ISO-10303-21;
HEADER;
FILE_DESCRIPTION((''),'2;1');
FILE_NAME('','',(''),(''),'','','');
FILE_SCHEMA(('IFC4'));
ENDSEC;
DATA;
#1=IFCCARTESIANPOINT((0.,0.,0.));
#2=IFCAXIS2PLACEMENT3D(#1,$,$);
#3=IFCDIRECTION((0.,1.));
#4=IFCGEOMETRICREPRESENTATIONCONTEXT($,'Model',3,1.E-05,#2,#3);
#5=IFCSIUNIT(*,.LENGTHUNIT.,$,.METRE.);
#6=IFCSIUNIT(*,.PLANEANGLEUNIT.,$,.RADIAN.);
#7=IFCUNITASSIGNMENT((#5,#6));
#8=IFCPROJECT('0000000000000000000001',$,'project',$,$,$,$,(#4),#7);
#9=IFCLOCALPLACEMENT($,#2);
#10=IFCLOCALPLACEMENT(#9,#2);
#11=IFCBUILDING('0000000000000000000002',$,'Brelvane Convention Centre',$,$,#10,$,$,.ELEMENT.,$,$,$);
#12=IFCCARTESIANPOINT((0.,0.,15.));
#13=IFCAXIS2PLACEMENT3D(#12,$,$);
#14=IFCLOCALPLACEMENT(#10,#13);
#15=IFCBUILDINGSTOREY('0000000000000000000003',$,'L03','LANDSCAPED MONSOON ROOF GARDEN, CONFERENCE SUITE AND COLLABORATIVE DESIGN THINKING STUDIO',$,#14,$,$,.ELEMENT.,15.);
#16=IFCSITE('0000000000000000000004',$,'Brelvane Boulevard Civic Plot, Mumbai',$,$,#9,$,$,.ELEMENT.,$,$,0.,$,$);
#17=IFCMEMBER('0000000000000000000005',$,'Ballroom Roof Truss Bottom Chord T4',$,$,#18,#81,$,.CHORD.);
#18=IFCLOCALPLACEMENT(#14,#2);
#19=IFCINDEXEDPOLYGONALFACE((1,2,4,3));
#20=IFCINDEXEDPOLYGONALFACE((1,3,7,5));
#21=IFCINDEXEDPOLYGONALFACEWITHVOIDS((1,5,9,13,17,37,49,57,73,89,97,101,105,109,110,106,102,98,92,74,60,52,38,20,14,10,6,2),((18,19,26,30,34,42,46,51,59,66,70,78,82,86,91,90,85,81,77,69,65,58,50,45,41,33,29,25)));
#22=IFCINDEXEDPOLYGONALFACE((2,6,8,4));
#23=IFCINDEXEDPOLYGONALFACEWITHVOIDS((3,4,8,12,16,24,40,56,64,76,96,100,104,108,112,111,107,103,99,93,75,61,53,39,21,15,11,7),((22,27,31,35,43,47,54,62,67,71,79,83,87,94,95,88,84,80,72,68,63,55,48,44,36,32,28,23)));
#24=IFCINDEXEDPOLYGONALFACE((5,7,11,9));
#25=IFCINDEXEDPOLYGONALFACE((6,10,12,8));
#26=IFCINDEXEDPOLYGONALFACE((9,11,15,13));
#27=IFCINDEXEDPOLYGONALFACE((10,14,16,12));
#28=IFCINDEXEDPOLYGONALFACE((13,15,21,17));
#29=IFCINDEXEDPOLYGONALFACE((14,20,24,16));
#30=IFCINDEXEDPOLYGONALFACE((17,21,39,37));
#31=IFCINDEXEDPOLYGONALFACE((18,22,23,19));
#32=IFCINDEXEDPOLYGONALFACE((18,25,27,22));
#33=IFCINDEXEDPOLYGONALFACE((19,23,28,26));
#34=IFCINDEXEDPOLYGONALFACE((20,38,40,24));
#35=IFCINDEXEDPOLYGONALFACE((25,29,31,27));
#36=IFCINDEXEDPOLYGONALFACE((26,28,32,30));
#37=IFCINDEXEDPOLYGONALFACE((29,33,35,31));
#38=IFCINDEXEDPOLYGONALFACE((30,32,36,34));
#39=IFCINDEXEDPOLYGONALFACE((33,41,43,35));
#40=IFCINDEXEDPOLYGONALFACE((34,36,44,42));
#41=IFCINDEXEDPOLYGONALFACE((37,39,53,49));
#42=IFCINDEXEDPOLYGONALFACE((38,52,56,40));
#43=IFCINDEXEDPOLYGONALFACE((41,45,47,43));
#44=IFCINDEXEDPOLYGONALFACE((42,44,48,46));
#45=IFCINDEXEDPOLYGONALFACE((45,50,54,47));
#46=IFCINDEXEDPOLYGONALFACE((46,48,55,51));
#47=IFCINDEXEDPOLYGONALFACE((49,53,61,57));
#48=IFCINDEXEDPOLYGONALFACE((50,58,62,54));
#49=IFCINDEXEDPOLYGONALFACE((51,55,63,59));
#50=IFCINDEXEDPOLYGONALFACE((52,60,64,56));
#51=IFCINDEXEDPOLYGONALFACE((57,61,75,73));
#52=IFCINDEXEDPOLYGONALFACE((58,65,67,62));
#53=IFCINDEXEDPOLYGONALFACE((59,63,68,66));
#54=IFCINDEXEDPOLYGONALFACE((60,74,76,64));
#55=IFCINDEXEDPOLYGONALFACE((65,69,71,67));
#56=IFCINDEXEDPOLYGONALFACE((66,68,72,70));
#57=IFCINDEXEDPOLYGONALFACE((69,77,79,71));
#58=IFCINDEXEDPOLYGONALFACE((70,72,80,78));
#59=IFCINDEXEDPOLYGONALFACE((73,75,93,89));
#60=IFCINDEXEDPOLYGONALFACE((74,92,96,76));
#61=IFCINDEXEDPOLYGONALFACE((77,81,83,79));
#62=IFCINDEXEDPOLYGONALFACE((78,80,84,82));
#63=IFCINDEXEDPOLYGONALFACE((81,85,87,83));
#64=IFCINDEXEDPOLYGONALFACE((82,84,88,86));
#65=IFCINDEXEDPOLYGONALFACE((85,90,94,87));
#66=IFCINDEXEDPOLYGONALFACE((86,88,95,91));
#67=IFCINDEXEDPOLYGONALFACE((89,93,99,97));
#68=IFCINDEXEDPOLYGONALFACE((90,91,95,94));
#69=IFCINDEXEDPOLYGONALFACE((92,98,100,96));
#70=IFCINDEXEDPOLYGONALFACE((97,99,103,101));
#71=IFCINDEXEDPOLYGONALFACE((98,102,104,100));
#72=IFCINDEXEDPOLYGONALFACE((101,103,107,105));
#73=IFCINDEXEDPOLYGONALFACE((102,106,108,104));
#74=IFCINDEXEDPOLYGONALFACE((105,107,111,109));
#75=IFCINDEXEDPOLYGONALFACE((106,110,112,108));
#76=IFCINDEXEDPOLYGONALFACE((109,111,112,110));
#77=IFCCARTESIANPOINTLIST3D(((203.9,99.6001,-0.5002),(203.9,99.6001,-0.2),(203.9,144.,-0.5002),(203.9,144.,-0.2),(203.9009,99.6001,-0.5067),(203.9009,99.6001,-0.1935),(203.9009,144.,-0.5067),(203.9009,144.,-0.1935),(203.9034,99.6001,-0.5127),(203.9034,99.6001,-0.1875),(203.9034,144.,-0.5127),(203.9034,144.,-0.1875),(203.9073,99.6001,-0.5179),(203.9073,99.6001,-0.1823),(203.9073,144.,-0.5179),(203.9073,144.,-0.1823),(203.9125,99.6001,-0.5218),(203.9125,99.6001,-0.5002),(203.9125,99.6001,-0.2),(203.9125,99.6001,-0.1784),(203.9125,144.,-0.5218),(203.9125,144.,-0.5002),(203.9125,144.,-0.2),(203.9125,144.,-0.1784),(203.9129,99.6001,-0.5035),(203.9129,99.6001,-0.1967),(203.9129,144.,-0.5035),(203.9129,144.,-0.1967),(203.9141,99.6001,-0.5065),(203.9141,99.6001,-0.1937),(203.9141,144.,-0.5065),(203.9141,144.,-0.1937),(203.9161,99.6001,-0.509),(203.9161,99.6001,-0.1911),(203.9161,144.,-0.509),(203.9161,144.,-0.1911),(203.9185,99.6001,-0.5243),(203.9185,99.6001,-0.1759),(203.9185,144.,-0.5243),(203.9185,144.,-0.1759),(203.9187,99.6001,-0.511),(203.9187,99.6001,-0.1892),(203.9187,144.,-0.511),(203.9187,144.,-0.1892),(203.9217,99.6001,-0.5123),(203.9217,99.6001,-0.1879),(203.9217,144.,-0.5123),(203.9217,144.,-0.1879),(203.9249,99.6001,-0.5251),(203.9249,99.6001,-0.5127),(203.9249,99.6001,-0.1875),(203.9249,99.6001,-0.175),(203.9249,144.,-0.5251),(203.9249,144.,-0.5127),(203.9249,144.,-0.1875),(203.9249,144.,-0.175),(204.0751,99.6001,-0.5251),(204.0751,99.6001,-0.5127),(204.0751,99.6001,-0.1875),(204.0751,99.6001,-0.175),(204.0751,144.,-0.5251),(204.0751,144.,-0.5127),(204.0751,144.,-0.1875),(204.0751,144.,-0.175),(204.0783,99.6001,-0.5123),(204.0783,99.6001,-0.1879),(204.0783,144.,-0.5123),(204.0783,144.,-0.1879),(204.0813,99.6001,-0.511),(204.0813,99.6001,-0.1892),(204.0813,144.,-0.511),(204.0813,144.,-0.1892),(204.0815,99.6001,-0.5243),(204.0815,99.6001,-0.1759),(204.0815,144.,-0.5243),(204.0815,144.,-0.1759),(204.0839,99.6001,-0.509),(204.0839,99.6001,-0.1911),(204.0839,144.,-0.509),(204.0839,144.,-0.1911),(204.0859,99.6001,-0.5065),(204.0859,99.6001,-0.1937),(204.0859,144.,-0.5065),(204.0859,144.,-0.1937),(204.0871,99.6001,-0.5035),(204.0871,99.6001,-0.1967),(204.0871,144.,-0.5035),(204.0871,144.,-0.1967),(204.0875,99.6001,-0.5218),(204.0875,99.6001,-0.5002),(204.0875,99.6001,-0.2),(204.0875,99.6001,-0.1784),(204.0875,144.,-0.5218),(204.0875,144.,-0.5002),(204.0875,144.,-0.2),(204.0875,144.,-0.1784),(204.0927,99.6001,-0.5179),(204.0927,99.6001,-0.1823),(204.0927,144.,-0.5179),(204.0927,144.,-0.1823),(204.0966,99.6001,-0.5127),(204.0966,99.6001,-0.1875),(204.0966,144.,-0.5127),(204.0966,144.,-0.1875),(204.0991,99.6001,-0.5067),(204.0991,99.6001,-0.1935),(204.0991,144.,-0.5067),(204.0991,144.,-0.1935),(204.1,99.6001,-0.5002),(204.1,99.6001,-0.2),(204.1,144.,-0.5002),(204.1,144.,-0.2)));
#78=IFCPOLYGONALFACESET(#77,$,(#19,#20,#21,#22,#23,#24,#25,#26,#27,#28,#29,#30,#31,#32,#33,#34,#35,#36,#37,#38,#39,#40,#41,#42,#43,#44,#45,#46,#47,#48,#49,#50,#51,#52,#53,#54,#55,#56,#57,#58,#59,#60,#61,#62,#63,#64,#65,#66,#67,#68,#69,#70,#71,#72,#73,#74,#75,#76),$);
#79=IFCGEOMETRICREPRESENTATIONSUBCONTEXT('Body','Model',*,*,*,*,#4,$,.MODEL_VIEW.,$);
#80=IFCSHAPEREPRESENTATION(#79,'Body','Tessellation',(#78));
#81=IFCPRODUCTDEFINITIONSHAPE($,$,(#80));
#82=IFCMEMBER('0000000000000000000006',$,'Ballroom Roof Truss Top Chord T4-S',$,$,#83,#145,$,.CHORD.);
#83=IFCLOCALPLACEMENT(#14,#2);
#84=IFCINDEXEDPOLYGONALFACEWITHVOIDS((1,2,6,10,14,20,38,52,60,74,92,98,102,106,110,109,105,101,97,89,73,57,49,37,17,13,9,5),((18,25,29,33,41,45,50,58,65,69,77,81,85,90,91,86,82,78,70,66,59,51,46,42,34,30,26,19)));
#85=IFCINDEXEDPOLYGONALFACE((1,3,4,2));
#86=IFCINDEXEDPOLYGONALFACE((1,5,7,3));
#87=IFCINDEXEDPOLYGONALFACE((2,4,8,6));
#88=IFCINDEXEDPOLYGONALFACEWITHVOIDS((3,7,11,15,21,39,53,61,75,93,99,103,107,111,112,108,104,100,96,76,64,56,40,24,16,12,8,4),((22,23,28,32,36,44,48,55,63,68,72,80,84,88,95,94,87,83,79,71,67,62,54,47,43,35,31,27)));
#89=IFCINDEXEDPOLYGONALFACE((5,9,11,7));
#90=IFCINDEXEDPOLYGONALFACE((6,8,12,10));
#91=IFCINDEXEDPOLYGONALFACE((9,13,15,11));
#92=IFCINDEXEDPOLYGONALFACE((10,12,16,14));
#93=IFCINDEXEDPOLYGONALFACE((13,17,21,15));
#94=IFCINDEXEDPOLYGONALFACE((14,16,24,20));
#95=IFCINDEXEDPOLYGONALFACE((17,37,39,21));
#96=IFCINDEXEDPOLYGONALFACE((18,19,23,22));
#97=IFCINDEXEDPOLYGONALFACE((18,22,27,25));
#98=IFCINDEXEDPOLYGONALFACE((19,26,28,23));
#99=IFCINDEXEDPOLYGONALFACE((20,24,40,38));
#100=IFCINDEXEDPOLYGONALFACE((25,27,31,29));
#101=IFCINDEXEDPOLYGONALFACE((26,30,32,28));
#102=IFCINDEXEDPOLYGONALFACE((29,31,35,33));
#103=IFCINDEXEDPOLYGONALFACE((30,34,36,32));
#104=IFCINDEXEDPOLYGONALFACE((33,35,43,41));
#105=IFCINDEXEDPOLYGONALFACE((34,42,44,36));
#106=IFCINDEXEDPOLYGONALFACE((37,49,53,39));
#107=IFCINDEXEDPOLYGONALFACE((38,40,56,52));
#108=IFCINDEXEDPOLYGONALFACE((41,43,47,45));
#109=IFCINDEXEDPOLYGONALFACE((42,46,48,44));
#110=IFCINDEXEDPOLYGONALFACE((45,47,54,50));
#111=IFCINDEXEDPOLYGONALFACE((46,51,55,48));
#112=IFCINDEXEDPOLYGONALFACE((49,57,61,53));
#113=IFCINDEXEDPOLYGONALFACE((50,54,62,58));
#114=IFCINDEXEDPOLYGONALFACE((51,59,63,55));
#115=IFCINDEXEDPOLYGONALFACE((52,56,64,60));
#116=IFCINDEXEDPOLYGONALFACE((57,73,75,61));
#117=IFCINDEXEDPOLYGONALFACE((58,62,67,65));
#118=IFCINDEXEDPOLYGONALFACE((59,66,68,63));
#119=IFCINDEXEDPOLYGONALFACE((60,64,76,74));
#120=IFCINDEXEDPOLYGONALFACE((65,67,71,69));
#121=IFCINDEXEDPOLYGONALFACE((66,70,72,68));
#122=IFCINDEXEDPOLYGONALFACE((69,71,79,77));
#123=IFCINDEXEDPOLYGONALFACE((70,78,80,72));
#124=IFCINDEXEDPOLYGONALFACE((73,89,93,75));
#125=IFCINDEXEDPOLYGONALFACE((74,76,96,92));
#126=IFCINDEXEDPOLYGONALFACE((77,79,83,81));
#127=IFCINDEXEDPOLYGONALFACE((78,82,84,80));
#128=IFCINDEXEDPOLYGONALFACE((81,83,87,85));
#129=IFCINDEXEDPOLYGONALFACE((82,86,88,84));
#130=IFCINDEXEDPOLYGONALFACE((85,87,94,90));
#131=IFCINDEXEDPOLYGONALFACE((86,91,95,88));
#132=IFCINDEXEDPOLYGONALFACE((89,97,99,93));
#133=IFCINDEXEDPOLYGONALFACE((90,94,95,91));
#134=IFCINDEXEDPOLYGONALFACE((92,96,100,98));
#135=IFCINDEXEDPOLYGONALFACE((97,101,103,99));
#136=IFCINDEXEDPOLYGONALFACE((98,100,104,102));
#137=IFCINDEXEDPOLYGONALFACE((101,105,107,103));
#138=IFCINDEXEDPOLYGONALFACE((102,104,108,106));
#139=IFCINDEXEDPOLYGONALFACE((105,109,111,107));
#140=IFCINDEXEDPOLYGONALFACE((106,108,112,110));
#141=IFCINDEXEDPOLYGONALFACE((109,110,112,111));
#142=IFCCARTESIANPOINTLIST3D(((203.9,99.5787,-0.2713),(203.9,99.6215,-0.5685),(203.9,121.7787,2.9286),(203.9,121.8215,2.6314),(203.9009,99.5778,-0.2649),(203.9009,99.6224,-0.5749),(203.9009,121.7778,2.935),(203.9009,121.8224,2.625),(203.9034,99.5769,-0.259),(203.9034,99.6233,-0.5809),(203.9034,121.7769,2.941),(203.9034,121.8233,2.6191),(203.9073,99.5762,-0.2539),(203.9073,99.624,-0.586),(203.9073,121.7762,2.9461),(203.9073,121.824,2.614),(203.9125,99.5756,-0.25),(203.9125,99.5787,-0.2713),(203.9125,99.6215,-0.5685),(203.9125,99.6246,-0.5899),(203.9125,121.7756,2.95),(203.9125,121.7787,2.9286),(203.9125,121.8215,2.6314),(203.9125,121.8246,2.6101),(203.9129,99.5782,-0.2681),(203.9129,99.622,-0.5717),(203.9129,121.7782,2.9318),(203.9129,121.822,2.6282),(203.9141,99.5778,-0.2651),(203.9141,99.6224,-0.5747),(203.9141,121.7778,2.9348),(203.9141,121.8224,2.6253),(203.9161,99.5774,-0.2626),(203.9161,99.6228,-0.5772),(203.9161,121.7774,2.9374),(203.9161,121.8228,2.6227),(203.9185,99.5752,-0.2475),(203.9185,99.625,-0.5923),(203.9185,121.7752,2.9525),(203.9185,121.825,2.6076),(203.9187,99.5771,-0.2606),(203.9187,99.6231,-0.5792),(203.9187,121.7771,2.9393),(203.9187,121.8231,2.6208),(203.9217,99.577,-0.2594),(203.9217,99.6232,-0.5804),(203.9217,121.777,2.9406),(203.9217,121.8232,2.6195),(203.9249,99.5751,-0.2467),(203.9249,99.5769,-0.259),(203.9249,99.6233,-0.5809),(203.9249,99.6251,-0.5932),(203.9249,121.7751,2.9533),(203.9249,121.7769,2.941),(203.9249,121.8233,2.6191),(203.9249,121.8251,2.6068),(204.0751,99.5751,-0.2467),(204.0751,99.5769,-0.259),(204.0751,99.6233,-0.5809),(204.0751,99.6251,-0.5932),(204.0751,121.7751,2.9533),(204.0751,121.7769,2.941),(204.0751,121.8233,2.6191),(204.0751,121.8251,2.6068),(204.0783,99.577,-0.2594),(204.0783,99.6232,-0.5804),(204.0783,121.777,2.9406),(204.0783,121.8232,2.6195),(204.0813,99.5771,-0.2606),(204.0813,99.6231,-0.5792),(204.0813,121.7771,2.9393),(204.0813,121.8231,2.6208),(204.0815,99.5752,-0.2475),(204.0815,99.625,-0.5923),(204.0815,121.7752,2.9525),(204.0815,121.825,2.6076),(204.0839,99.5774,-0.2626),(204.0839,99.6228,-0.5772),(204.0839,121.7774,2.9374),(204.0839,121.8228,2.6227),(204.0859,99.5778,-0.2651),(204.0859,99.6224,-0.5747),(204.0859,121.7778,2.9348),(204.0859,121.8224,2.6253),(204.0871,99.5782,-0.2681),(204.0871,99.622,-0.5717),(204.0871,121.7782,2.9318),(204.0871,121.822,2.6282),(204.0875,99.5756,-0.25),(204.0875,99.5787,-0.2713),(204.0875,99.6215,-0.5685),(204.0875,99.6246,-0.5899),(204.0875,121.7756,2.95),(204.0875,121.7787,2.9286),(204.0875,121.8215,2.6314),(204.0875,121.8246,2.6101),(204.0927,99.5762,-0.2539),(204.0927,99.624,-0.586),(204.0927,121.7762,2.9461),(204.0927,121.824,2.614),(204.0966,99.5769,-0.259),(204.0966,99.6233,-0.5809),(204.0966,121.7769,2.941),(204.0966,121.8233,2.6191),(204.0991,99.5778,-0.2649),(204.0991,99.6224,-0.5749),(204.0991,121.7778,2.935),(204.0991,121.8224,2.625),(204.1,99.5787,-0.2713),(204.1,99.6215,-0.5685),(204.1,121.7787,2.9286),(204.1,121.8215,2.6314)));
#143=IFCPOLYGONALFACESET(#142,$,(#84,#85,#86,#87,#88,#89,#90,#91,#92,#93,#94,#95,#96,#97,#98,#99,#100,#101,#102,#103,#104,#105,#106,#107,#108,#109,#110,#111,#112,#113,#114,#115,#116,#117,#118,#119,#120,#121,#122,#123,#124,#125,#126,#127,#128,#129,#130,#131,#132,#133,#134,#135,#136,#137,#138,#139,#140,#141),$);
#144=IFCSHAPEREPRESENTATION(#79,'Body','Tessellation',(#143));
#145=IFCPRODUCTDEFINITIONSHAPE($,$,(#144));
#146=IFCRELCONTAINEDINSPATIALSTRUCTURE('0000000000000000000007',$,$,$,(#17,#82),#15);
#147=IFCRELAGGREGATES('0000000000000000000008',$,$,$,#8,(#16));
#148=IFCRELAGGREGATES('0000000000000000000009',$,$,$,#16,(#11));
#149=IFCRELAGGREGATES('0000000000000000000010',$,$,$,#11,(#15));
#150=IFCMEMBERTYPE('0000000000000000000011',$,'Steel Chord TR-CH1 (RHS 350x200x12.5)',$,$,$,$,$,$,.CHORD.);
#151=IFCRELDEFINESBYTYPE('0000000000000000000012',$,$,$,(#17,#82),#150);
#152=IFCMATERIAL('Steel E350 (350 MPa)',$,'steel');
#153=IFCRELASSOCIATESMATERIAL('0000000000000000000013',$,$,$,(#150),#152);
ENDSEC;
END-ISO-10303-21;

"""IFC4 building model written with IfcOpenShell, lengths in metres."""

from ifc_helpers import new_model, si_unit, direction, frame, origin, origin_2d, place, context, subcontext, project, spatial, hollow_rectangle, extrude, material, material_profile, profile_set, type_object, element, save


model = new_model("IFC4")

# Units and contexts
model_context = context("Model", 3, precision=1e-05, world=origin(), true_north=direction((0.0, 1.0)))
body_context = subcontext(model_context, "Body", "Model", "MODEL_VIEW")
ifc_project = project(units=[si_unit("LENGTHUNIT", "METRE"), si_unit("PLANEANGLEUNIT", "RADIAN")], contexts=[model_context])

# Site, building, storey
site_placement = place(None, origin())
site = spatial("IfcSite", under=ifc_project, at=site_placement, Name="Brelvane Boulevard Civic Plot, Mumbai", CompositionType="ELEMENT", RefElevation=0.0)
building_placement = place(site_placement, origin())
building = spatial("IfcBuilding", under=site, at=building_placement, Name="Brelvane Convention Centre", CompositionType="ELEMENT")
storey_placement = place(building_placement, frame((0.0, 0.0, 15.0)))
storey = spatial("IfcBuildingStorey", under=building, at=storey_placement, Name="L03", Description="LANDSCAPED MONSOON ROOF GARDEN, CONFERENCE SUITE AND COLLABORATIVE DESIGN THINKING STUDIO", CompositionType="ELEMENT", Elevation=15.0)

# Members
ifc_material_1 = material(Name="Steel E350 (350 MPa)", Category="steel")
ifc_material_profile_1 = material_profile(ifc_material_1, hollow_rectangle(XDim=0.2, YDim=0.3501, WallThickness=0.0125, InnerFilletRadius=0.0125, OuterFilletRadius=0.0249, at=origin_2d()), Name="RHS 350x200x12.5")
ifc_profile_set_1 = profile_set([ifc_material_profile_1], Name="Steel E350 (350 MPa)")
member_type_1 = type_object("IfcMemberType", Name="Steel Chord TR-CH1 (RHS 350x200x12.5)", PredefinedType="CHORD", material=ifc_profile_set_1)
member_1_placement = place(storey_placement, frame((204.0, 99.6001, -0.3501), z_axis=(0.0, 1.0, 0.0), x_axis=(-1.0, 0.0, 0.0)))
element("IfcMember", 1, at=member_1_placement, inside=storey, type_object=member_type_1, Name="Ballroom Roof Truss Bottom Chord T4", PredefinedType="CHORD", context=body_context, shape_type="SweptSolid", body=[
    extrude(hollow_rectangle(XDim=0.2, YDim=0.3501, WallThickness=0.0125, InnerFilletRadius=0.0125, OuterFilletRadius=0.0249, at=origin_2d()), origin(), (0.0, 0.0, 1.0), 44.3999),
])
member_2_placement = place(storey_placement, frame((204.0, 99.6001, -0.4199), z_axis=(0.0, 0.989771, 0.142668), x_axis=(-1.0, 0.0, 0.0)))
element("IfcMember", 2, at=member_2_placement, inside=storey, type_object=member_type_1, Name="Ballroom Roof Truss Top Chord T4-S", PredefinedType="CHORD", context=body_context, shape_type="SweptSolid", body=[
    extrude(hollow_rectangle(XDim=0.2, YDim=0.3501, WallThickness=0.0125, InnerFilletRadius=0.0125, OuterFilletRadius=0.0249, at=origin_2d()), origin(), (0.0, 0.0, 1.0), 22.4294),
])

save(model, "model.ifc")
